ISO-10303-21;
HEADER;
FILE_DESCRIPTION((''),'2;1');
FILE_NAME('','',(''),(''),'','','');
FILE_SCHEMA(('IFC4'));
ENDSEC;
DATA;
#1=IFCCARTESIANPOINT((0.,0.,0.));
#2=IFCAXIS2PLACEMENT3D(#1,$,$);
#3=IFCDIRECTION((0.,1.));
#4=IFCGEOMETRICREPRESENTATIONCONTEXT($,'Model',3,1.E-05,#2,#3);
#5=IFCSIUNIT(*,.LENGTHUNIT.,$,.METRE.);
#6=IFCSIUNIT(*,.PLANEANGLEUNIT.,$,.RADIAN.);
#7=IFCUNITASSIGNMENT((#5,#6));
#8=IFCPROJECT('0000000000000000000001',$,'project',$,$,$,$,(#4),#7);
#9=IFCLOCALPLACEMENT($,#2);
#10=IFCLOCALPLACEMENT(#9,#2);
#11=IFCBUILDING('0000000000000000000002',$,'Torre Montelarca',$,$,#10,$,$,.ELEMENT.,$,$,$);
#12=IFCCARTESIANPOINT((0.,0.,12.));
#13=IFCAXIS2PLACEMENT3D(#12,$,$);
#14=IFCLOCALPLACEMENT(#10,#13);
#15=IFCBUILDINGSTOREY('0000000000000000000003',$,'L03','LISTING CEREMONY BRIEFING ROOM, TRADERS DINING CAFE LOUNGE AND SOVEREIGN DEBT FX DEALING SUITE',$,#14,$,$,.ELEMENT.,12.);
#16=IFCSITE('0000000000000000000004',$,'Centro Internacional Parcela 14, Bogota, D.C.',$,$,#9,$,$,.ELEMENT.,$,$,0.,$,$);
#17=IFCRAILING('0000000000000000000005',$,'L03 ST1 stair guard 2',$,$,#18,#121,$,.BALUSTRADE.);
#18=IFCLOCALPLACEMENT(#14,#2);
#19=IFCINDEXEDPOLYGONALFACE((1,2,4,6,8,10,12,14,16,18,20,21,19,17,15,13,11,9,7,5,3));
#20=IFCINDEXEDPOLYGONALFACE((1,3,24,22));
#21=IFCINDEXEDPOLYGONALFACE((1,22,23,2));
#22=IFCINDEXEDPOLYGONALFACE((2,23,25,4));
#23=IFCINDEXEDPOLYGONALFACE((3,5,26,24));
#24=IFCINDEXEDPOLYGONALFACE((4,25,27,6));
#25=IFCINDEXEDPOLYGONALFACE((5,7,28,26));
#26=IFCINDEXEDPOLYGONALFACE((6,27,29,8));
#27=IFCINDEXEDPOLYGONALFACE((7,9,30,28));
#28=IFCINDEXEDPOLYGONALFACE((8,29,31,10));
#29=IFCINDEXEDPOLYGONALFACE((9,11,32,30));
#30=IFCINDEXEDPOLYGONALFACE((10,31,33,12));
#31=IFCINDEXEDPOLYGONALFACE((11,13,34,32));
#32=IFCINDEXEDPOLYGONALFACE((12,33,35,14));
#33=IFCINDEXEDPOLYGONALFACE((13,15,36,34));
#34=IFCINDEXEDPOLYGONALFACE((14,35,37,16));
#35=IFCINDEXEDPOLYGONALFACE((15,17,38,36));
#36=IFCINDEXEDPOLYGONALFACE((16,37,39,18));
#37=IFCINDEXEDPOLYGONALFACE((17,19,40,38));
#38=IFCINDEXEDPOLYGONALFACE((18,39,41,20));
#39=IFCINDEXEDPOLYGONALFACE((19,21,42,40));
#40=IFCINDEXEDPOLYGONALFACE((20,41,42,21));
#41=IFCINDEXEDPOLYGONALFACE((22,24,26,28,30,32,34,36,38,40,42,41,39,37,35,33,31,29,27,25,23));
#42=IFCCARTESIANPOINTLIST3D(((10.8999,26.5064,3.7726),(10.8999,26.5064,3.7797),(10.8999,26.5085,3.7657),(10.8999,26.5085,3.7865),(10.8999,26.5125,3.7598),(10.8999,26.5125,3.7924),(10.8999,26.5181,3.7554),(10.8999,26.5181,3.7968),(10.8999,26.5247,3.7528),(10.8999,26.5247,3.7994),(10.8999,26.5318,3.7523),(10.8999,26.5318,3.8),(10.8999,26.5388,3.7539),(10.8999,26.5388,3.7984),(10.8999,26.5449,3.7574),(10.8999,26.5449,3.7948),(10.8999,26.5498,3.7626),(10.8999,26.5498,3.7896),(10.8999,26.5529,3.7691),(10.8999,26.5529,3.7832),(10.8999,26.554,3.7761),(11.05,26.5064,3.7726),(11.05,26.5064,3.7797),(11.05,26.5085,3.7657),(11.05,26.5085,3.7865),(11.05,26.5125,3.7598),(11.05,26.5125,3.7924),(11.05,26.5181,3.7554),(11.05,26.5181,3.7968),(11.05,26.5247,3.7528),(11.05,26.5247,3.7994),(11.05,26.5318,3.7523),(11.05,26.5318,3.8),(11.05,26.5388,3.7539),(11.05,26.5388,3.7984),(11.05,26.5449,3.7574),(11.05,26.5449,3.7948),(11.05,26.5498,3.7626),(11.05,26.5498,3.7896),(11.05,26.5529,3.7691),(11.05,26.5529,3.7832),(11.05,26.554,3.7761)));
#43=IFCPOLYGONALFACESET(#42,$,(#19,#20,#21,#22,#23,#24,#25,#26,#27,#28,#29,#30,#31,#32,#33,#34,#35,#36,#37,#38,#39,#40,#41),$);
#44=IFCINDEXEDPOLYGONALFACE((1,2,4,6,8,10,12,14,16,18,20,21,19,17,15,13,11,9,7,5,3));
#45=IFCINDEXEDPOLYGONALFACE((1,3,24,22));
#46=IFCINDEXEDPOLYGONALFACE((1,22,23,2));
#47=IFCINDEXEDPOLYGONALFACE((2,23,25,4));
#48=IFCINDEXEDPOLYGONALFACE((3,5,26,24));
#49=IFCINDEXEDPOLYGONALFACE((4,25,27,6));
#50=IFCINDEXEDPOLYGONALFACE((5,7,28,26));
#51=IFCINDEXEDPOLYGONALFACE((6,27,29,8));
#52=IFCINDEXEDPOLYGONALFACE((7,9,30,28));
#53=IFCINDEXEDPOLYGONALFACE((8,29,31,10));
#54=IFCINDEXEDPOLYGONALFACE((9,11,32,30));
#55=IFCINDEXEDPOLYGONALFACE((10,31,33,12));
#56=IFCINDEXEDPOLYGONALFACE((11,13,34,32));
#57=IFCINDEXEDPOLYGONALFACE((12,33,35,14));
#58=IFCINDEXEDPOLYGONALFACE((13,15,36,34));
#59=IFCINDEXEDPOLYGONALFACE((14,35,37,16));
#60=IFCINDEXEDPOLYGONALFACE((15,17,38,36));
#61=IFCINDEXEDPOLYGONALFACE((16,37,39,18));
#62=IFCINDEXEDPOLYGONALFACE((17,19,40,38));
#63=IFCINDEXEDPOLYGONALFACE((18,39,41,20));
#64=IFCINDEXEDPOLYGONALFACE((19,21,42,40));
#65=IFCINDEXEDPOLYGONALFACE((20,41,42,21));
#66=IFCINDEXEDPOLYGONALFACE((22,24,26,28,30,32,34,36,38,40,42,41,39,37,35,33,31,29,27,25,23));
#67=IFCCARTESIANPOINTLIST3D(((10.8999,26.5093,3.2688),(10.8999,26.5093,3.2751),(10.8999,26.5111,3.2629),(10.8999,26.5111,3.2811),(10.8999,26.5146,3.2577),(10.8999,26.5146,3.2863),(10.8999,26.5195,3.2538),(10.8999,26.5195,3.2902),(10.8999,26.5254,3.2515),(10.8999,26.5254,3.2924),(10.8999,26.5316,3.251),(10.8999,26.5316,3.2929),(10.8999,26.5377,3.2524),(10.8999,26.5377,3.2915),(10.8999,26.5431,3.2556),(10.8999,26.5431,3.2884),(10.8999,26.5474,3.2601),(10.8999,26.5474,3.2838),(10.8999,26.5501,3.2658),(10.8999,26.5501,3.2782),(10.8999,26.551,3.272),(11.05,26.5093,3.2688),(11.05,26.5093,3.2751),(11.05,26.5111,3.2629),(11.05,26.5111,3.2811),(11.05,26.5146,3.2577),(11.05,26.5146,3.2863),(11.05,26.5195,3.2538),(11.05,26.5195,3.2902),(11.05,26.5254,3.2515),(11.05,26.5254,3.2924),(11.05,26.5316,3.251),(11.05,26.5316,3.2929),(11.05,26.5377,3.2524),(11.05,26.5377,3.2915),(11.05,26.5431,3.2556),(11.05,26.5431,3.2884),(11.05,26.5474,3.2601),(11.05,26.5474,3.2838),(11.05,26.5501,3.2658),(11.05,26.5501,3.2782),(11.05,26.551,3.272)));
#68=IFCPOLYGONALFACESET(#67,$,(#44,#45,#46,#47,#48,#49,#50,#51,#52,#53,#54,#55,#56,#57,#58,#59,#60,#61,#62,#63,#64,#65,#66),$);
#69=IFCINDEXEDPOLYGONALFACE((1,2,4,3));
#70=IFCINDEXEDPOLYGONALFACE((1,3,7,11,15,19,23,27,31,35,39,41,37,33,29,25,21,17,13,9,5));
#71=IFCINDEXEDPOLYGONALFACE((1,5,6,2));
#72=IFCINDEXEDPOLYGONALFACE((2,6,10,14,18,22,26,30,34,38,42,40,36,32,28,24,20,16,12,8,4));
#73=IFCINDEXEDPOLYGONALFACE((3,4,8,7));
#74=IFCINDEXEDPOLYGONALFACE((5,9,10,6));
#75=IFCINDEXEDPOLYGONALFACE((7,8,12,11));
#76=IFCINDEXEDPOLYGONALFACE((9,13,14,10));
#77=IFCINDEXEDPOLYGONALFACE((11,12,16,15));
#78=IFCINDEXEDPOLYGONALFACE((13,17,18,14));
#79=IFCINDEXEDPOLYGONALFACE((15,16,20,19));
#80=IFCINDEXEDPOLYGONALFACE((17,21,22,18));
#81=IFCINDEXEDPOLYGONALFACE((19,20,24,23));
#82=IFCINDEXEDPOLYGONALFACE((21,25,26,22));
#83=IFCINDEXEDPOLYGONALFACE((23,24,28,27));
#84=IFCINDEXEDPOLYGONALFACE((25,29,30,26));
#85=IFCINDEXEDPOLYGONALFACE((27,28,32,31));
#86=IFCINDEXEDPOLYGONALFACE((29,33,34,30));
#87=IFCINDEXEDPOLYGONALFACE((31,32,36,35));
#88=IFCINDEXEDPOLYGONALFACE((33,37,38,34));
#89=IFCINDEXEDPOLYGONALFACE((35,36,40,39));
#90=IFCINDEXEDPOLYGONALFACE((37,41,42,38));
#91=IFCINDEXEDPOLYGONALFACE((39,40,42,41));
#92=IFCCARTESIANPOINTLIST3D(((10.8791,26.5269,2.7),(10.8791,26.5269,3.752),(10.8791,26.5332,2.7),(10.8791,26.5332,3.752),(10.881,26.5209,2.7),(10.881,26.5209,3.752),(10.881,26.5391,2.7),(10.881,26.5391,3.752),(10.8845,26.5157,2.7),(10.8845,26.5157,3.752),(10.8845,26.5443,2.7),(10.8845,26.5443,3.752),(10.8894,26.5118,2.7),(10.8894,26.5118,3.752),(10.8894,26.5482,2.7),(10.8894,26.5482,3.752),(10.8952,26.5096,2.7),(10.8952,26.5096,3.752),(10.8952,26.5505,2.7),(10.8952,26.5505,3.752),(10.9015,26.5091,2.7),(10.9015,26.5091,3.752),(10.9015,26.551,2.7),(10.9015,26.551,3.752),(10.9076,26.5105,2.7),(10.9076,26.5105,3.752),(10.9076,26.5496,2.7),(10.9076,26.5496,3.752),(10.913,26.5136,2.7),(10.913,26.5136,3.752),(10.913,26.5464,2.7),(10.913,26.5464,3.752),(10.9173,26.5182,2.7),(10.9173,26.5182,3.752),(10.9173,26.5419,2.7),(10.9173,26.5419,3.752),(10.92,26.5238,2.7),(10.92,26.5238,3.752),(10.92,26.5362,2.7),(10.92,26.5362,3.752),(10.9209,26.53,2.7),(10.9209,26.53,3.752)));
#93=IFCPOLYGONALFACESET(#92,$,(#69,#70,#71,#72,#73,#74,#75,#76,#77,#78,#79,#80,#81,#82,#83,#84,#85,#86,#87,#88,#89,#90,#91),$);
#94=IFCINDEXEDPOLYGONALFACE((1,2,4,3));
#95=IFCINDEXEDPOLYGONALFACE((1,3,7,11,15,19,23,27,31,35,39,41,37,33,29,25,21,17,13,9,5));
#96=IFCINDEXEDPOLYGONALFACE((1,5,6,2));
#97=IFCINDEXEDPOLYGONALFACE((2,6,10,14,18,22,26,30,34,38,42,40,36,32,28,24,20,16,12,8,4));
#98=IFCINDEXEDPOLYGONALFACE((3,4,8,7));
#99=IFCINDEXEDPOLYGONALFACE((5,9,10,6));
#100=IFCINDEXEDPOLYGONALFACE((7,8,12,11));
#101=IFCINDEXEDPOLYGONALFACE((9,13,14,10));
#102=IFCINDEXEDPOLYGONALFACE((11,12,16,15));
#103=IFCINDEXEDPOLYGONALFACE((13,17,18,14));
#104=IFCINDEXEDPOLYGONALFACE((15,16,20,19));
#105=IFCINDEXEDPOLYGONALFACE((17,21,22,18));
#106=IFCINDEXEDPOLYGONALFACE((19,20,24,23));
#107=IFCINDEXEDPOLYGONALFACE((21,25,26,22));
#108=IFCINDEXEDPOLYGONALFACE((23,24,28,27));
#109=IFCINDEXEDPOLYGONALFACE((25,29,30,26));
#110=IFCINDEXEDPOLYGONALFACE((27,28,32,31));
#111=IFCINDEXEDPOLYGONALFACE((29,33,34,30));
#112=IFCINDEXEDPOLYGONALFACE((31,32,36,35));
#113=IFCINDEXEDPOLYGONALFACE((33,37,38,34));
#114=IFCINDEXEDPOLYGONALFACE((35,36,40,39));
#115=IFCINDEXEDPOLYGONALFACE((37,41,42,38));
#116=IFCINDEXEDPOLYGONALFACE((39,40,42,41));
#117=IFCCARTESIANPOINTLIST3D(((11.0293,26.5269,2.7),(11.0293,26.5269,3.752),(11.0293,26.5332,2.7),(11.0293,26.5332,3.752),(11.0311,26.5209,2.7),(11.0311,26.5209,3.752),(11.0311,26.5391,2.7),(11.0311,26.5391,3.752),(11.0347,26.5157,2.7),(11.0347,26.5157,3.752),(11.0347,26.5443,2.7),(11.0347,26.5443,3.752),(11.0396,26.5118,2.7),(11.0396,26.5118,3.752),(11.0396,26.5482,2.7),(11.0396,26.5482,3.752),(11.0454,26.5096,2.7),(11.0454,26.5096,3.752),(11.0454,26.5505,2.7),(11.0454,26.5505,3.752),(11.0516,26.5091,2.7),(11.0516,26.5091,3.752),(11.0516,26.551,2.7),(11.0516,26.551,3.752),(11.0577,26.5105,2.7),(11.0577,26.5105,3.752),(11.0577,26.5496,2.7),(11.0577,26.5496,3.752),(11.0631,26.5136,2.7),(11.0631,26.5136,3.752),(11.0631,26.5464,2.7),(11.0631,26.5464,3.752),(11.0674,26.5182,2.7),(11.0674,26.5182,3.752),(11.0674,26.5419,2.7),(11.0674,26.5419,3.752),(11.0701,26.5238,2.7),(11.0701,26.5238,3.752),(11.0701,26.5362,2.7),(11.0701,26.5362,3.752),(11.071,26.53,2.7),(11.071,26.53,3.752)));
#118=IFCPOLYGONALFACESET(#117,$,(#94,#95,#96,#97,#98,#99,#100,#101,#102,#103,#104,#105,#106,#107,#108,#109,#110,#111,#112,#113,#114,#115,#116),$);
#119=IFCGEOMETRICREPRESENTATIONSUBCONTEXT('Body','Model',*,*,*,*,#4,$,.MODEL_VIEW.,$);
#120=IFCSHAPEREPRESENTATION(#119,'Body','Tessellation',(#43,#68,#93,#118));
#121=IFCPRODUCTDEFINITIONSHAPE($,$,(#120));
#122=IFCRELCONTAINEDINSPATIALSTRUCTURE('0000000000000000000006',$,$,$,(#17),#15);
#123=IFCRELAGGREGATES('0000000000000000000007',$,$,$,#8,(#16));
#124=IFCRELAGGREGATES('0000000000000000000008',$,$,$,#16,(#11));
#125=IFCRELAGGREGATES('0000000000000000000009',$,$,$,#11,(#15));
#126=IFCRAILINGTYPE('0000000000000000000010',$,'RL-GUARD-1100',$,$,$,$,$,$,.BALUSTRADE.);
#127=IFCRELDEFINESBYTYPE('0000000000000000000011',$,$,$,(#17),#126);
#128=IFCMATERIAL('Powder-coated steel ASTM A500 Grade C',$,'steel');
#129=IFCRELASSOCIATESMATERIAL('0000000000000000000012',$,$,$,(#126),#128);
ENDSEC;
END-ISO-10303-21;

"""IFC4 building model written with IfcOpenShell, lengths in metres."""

from ifc_helpers import new_model, si_unit, direction, frame, origin, origin_2d, place, context, subcontext, project, spatial, circle, extrude, material, type_object, element, save


model = new_model("IFC4")

# Units and contexts
model_context = context("Model", 3, precision=1e-05, world=origin(), true_north=direction((0.0, 1.0)))
body_context = subcontext(model_context, "Body", "Model", "MODEL_VIEW")
ifc_project = project(units=[si_unit("LENGTHUNIT", "METRE"), si_unit("PLANEANGLEUNIT", "RADIAN")], contexts=[model_context])

# Site, building, storey
site_placement = place(None, origin())
site = spatial("IfcSite", under=ifc_project, at=site_placement, Name="Centro Internacional Parcela 14, Bogota, D.C.", CompositionType="ELEMENT", RefElevation=0.0)
building_placement = place(site_placement, origin())
building = spatial("IfcBuilding", under=site, at=building_placement, Name="Torre Montelarca", CompositionType="ELEMENT")
storey_placement = place(building_placement, frame((0.0, 0.0, 12.0)))
storey = spatial("IfcBuildingStorey", under=building, at=storey_placement, Name="L03", Description="LISTING CEREMONY BRIEFING ROOM, TRADERS DINING CAFE LOUNGE AND SOVEREIGN DEBT FX DEALING SUITE", CompositionType="ELEMENT", Elevation=12.0)

# Railing
ifc_material_1 = material(Name="Powder-coated steel ASTM A500 Grade C", Category="steel")
railing_type_1 = type_object("IfcRailingType", Name="RL-GUARD-1100", PredefinedType="BALUSTRADE", material=ifc_material_1)
railing_1_placement = place(storey_placement, frame((10.8999, 26.53, 2.7)))
element("IfcRailing", 1, at=railing_1_placement, inside=storey, type_object=railing_type_1, Name="L03 ST1 stair guard 2", PredefinedType="BALUSTRADE", context=body_context, shape_type="SweptSolid", body=[
    extrude(circle(Radius=0.0239, at=origin_2d()), frame((0.0, 0.0, 1.0762), z_axis=(1.0, 0.0, 0.0), x_axis=(0.0, 1.0, 0.0)), (0.0, 0.0, 1.0), 0.1501),
    extrude(circle(Radius=0.021, at=origin_2d()), frame((0.0, 0.0, 0.572), z_axis=(1.0, 0.0, 0.0), x_axis=(0.0, 1.0, 0.0)), (0.0, 0.0, 1.0), 0.1501),
    extrude(circle(Radius=0.021, at=origin_2d()), origin(), (0.0, 0.0, 1.0), 1.052),
    extrude(circle(Radius=0.021, at=origin_2d()), frame((0.1501, 0.0, 0.0)), (0.0, 0.0, 1.0), 1.052),
])

save(model, "model.ifc")
